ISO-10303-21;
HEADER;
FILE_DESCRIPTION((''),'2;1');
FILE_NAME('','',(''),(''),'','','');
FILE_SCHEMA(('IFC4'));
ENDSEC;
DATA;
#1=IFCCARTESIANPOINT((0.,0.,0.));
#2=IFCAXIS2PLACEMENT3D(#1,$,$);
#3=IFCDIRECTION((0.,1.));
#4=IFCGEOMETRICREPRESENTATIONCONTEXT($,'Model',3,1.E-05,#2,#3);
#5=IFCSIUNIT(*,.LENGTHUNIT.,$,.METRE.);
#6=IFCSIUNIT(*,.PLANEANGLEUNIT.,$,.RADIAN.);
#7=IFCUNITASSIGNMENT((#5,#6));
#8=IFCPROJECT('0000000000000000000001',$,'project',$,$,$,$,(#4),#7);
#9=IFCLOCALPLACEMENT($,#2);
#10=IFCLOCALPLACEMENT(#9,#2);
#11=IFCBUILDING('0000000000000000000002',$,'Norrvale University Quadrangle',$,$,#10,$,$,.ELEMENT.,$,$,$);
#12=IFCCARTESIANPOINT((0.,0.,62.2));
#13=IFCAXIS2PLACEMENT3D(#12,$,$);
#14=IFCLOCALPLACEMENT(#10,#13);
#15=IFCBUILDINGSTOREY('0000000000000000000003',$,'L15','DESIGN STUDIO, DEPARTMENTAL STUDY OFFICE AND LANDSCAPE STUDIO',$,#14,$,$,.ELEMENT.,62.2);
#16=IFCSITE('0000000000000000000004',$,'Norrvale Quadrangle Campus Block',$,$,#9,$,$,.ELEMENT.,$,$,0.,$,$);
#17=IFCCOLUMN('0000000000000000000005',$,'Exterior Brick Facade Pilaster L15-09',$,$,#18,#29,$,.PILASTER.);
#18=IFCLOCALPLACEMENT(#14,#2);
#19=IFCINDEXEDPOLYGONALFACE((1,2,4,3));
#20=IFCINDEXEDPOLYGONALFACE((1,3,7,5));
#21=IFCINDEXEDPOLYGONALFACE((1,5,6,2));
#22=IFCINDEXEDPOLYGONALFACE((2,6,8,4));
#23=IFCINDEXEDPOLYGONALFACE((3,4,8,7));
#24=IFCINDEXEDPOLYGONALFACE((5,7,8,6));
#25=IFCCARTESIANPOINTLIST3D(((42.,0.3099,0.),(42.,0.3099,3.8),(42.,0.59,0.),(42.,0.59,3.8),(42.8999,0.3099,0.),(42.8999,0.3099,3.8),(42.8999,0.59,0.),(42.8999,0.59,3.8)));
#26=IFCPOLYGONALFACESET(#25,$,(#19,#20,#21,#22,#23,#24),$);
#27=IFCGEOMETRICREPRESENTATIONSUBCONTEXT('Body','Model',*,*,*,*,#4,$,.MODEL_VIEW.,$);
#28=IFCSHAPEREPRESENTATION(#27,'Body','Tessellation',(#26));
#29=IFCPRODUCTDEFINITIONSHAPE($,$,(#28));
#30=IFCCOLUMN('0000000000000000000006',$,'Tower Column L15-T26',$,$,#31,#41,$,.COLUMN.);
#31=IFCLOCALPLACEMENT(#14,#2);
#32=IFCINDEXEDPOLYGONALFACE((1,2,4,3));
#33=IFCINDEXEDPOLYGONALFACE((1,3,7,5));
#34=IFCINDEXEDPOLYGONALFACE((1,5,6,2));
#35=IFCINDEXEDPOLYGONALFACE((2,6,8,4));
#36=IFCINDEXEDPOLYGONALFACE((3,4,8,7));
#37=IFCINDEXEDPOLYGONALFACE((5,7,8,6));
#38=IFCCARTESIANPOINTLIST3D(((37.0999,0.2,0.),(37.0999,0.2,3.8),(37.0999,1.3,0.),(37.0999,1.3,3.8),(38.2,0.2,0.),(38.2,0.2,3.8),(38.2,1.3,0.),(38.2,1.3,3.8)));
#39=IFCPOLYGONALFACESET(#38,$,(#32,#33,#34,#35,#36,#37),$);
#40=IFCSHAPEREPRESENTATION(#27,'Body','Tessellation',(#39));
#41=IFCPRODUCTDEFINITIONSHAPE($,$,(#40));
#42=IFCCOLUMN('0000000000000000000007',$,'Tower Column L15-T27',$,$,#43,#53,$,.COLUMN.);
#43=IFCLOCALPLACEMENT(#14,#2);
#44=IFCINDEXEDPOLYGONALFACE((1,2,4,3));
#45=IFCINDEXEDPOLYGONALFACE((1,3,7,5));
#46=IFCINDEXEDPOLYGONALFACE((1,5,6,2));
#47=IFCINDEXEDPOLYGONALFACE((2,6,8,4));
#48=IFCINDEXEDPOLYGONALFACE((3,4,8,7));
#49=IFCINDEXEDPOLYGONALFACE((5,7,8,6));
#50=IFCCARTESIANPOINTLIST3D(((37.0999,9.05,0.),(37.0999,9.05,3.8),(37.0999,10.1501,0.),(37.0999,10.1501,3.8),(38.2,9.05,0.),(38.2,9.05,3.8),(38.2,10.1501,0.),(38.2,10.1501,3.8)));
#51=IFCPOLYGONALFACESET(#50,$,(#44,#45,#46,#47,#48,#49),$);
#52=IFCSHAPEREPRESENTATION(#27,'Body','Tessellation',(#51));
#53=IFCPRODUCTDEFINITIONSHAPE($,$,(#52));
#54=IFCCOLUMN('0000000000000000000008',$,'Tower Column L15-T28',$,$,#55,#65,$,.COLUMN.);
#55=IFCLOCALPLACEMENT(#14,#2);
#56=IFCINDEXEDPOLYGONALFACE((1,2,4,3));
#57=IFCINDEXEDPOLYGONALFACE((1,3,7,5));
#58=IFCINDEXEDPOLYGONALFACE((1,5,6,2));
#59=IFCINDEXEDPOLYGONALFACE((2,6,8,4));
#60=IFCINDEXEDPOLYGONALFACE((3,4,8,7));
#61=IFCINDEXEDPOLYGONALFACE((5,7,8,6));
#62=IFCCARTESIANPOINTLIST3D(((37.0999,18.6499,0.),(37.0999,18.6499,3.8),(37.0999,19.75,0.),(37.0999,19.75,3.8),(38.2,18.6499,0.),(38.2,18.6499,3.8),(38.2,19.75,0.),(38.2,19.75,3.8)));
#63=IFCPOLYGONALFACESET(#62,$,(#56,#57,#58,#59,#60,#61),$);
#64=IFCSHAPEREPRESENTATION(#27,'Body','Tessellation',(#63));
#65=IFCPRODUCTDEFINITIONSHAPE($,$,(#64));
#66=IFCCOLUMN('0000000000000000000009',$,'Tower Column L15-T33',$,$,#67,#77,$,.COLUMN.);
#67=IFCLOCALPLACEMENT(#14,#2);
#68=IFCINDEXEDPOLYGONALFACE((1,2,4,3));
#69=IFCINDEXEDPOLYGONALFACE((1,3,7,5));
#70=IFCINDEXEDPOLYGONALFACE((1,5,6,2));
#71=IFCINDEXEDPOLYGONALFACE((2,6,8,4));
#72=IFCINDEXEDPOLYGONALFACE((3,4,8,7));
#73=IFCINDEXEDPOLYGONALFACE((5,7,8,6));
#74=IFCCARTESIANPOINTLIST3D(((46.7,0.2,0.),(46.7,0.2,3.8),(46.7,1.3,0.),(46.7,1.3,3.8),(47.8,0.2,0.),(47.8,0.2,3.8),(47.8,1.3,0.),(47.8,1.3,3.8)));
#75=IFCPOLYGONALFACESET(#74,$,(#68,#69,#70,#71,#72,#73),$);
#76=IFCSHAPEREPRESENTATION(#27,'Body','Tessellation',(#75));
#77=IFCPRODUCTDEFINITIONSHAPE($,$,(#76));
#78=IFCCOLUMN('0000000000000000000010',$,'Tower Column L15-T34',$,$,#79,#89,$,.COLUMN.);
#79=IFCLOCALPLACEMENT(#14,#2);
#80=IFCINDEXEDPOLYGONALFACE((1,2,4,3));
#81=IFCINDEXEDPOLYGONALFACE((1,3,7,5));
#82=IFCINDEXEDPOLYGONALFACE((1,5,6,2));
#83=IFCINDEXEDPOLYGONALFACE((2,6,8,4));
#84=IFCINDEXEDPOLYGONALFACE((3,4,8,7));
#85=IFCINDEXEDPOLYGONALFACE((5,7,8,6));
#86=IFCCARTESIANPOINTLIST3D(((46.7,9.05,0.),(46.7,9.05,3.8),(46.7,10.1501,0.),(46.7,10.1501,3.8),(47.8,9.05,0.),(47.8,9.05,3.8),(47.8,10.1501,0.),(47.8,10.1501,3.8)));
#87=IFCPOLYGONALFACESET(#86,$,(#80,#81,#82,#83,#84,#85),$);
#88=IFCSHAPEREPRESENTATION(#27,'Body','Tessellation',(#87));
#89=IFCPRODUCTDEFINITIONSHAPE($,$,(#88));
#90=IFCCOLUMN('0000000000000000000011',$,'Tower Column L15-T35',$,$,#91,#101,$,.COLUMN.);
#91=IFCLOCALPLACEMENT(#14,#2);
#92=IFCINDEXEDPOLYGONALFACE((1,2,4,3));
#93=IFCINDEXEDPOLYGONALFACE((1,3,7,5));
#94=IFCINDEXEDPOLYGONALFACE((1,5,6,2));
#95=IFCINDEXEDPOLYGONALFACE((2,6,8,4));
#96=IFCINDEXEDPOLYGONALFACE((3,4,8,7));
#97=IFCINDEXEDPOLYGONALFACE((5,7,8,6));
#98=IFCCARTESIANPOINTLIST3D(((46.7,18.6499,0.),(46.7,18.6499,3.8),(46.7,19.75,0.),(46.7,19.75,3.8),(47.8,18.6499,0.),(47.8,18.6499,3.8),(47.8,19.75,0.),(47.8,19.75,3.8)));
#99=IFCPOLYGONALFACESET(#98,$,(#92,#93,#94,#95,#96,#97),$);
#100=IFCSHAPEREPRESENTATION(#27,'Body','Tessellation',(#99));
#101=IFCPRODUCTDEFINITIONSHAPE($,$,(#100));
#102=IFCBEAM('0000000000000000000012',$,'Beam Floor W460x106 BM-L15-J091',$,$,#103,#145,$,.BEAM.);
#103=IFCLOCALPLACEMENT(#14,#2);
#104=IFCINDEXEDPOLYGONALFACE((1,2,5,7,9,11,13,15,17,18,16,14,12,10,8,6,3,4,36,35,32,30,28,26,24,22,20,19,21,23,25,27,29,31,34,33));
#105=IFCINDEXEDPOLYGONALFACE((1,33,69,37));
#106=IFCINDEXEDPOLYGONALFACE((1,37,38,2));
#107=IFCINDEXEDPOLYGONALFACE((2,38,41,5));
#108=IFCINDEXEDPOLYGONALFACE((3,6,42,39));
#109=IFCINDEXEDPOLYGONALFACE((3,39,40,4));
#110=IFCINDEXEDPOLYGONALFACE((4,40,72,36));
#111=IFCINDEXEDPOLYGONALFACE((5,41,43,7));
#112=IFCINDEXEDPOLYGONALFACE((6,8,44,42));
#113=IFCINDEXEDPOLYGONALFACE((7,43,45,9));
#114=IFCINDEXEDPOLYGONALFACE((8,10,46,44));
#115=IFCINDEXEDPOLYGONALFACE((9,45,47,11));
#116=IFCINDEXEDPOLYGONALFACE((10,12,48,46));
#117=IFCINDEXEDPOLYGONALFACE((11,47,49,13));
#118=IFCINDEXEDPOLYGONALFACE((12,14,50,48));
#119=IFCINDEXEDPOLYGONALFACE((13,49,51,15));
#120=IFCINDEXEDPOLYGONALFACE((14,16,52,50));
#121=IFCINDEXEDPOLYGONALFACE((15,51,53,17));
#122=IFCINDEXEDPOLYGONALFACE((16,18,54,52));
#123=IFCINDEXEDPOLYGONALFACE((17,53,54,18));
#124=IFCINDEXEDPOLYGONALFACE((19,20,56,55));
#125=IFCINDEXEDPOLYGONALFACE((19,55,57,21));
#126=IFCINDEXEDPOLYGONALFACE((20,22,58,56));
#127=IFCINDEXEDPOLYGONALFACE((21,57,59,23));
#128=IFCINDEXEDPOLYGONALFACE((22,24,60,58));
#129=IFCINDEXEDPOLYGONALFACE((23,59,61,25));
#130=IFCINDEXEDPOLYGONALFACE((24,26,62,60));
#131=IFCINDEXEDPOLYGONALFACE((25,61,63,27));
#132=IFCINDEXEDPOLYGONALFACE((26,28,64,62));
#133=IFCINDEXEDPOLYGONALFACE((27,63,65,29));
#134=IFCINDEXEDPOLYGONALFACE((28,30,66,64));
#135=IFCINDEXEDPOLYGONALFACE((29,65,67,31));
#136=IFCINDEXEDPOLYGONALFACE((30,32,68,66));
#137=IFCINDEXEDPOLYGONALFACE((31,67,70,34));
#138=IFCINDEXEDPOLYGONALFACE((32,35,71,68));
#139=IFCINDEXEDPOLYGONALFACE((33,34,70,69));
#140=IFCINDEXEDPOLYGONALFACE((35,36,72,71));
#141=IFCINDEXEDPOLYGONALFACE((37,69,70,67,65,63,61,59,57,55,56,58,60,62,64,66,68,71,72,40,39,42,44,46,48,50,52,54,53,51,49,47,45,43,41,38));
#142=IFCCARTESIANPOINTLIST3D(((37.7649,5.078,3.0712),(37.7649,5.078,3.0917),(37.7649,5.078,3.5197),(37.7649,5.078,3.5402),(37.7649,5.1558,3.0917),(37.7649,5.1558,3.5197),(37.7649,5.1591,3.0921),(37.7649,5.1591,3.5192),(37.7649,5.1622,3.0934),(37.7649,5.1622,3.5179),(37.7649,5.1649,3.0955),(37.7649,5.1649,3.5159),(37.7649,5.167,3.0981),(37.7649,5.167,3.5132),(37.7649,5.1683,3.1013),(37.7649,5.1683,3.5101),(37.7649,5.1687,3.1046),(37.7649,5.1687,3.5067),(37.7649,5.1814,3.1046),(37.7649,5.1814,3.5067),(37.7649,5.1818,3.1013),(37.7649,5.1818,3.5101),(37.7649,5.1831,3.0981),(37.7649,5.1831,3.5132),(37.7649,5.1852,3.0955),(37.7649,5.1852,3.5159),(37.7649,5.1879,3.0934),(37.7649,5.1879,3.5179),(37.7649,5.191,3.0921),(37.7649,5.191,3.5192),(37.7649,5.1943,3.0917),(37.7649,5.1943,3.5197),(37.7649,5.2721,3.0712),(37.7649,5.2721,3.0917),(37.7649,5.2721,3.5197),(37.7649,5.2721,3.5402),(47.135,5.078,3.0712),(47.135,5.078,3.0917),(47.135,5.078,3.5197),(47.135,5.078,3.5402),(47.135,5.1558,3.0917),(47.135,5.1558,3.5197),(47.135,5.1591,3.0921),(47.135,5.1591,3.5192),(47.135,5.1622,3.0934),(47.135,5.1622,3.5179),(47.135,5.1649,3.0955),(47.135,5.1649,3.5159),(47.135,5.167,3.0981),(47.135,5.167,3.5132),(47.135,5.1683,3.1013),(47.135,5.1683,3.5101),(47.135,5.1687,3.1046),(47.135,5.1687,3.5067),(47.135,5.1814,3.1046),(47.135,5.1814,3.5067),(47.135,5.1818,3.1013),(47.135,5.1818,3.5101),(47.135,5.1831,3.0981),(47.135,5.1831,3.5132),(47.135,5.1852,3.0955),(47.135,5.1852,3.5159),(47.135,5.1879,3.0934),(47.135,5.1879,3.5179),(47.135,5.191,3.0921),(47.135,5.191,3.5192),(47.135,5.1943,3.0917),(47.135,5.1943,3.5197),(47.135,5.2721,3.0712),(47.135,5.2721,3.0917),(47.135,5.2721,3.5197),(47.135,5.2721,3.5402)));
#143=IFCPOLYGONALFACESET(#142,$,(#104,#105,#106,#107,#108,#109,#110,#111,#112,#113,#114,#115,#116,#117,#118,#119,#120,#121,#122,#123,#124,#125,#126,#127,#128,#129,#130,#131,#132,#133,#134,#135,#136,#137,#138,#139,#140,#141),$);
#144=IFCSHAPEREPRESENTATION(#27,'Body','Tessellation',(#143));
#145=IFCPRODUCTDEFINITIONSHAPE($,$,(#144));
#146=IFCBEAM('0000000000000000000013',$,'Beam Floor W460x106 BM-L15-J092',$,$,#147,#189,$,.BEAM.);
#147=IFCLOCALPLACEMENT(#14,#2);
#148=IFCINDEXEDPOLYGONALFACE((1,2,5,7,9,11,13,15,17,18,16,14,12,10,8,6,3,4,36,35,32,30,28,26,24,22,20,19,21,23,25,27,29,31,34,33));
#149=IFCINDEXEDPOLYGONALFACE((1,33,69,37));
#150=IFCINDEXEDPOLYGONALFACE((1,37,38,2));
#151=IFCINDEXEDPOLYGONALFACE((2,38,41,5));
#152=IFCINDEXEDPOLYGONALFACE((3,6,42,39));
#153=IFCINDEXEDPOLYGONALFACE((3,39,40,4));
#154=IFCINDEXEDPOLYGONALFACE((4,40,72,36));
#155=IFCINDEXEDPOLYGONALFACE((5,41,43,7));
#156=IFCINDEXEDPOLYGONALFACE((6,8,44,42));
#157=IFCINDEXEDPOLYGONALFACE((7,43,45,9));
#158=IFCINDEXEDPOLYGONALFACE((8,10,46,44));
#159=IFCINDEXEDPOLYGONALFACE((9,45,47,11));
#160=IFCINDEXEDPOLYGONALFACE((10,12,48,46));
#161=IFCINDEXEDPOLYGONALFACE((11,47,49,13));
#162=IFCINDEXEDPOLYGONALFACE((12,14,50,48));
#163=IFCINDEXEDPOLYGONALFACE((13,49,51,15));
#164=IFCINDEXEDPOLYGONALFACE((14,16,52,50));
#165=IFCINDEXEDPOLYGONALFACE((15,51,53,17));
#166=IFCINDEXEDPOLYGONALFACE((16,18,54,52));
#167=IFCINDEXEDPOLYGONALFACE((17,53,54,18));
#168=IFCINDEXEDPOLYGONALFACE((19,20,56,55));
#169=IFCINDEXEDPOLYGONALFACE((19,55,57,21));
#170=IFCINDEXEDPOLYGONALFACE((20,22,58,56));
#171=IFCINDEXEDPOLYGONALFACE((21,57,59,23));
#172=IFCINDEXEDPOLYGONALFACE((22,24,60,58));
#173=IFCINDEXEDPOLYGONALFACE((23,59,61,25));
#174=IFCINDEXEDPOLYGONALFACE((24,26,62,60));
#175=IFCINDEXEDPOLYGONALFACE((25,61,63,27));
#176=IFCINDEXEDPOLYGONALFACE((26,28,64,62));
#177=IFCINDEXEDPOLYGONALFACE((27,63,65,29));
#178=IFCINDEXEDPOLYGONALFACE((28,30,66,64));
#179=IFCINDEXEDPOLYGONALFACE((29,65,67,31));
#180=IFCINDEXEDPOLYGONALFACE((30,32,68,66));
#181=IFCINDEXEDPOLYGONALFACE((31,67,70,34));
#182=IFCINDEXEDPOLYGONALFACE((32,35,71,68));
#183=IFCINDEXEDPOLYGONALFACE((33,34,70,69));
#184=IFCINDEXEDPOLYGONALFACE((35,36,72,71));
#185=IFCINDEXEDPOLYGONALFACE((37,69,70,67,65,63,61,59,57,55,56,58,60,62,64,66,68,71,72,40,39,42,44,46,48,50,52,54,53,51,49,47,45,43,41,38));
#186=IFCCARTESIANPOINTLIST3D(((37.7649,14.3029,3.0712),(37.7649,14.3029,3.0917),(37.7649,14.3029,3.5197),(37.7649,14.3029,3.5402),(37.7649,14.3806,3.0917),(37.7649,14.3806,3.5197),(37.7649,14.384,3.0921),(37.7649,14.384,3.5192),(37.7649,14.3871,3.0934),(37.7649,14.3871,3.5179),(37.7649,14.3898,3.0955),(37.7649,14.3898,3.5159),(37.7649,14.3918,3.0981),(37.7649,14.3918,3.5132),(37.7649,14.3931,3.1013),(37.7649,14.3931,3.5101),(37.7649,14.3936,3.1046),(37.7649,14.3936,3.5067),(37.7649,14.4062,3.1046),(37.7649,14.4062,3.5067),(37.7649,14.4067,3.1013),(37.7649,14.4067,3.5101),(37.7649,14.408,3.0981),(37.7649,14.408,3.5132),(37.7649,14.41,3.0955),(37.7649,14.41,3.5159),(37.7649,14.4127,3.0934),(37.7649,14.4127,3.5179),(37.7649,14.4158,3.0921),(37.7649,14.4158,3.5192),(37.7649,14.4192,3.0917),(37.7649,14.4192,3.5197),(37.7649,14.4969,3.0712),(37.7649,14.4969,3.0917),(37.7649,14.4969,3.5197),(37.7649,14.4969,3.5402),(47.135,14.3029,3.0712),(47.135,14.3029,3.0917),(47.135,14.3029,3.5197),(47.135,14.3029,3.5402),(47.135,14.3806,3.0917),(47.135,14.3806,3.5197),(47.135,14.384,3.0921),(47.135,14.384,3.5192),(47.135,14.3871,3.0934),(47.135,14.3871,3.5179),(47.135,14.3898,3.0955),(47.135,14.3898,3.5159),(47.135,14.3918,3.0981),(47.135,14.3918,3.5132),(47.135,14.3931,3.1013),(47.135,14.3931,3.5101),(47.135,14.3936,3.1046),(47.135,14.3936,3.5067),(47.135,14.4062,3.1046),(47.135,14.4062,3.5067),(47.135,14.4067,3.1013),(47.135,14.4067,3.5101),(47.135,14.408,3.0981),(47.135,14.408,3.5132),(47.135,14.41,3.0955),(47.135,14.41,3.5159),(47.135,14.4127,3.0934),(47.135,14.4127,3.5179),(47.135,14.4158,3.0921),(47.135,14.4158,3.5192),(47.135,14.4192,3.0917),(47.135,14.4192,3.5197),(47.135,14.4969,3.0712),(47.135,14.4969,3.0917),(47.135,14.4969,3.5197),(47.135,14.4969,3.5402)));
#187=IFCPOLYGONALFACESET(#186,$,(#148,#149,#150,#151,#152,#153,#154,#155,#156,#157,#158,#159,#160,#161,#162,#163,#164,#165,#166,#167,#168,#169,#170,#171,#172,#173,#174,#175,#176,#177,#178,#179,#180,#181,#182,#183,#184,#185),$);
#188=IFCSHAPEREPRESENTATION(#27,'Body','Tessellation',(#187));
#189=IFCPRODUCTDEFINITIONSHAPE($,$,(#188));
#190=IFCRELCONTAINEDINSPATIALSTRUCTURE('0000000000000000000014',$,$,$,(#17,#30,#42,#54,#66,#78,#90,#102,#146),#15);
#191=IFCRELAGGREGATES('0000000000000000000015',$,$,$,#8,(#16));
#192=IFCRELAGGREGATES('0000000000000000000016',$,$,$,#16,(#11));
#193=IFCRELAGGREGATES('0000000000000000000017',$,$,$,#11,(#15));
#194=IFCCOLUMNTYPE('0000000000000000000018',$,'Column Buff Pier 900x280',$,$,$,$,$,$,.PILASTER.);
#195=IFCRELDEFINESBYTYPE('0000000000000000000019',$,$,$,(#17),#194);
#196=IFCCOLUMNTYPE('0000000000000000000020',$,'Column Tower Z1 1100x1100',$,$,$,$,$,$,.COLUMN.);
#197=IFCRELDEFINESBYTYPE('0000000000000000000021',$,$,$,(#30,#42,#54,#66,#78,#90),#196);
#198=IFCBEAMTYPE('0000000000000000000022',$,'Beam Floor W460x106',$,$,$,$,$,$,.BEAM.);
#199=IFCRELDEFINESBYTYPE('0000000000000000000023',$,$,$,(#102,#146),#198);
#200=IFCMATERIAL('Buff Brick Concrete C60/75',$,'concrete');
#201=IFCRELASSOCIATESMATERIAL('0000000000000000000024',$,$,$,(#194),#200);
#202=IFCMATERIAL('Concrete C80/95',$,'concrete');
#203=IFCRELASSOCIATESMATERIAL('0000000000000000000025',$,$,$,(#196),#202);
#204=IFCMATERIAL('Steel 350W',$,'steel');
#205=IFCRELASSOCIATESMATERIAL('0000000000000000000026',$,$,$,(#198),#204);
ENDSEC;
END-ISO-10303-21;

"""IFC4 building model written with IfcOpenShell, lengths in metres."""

from ifc_helpers import new_model, si_unit, direction, frame, origin, origin_2d, place, context, subcontext, project, spatial, rectangle, i_section, extrude, material, material_profile, profile_set, type_object, element, save


model = new_model("IFC4")

# Units and contexts
model_context = context("Model", 3, precision=1e-05, world=origin(), true_north=direction((0.0, 1.0)))
body_context = subcontext(model_context, "Body", "Model", "MODEL_VIEW")
ifc_project = project(units=[si_unit("LENGTHUNIT", "METRE"), si_unit("PLANEANGLEUNIT", "RADIAN")], contexts=[model_context])

# Site, building, storey
site_placement = place(None, origin())
site = spatial("IfcSite", under=ifc_project, at=site_placement, Name="Norrvale Quadrangle Campus Block", CompositionType="ELEMENT", RefElevation=0.0)
building_placement = place(site_placement, origin())
building = spatial("IfcBuilding", under=site, at=building_placement, Name="Norrvale University Quadrangle", CompositionType="ELEMENT")
storey_placement = place(building_placement, frame((0.0, 0.0, 62.2)))
storey = spatial("IfcBuildingStorey", under=building, at=storey_placement, Name="L15", Description="DESIGN STUDIO, DEPARTMENTAL STUDY OFFICE AND LANDSCAPE STUDIO", CompositionType="ELEMENT", Elevation=62.2)

# Columns
ifc_material_1 = material(Name="Buff Brick Concrete C60/75", Category="concrete")
ifc_material_profile_1 = material_profile(ifc_material_1, rectangle(XDim=0.8999, YDim=0.28, at=origin_2d()), Name="Buff Brick Concrete C60/75")
ifc_profile_set_1 = profile_set([ifc_material_profile_1], Name="Buff Brick Concrete C60/75")
column_type_1 = type_object("IfcColumnType", Name="Column Buff Pier 900x280", PredefinedType="PILASTER", material=ifc_profile_set_1)
column_placement = place(storey_placement, frame((42.45, 0.45, 0.0), z_axis=(0.0, 0.0, 1.0), x_axis=(1.0, 0.0, 0.0)))
element("IfcColumn", 1, at=column_placement, inside=storey, type_object=column_type_1, Name="Exterior Brick Facade Pilaster L15-09", PredefinedType="PILASTER", context=body_context, shape_type="SweptSolid", body=[
    extrude(rectangle(XDim=0.8999, YDim=0.28, at=origin_2d()), origin(), (0.0, 0.0, 1.0), 3.8),
])
ifc_material_2 = material(Name="Concrete C80/95", Category="concrete")
ifc_material_profile_2 = material_profile(ifc_material_2, rectangle(XDim=1.1001, YDim=1.1001, at=origin_2d()), Name="Concrete C80/95")
ifc_profile_set_2 = profile_set([ifc_material_profile_2], Name="Concrete C80/95")
column_type_2 = type_object("IfcColumnType", Name="Column Tower Z1 1100x1100", PredefinedType="COLUMN", material=ifc_profile_set_2)
for number, where, z_axis, x_axis, name in (
    (2, (37.6499, 0.75, 0.0), (0.0, 0.0, 1.0), (1.0, 0.0, 0.0), "Tower Column L15-T26"),
    (3, (37.6499, 9.6001, 0.0), (0.0, 0.0, 1.0), (1.0, 0.0, 0.0), "Tower Column L15-T27"),
    (4, (37.6499, 19.2, 0.0), (0.0, 0.0, 1.0), (1.0, 0.0, 0.0), "Tower Column L15-T28"),
    (5, (47.25, 0.75, 0.0), (0.0, 0.0, 1.0), (1.0, 0.0, 0.0), "Tower Column L15-T33"),
    (6, (47.25, 9.6001, 0.0), (0.0, 0.0, 1.0), (1.0, 0.0, 0.0), "Tower Column L15-T34"),
    (7, (47.25, 19.2, 0.0), (0.0, 0.0, 1.0), (1.0, 0.0, 0.0), "Tower Column L15-T35"),
):
    element("IfcColumn", number, at=place(storey_placement, frame(where, z_axis=z_axis, x_axis=x_axis)), inside=storey, type_object=column_type_2, Name=name, PredefinedType="COLUMN", context=body_context, shape_type="SweptSolid", body=[
        extrude(rectangle(XDim=1.1001, YDim=1.1001, at=origin_2d()), origin(), (0.0, 0.0, 1.0), 3.8),
    ])

# Beams
ifc_material_3 = material(Name="Steel 350W", Category="steel")
ifc_material_profile_3 = material_profile(ifc_material_3, i_section(OverallWidth=0.1941, OverallDepth=0.469, WebThickness=0.0127, FlangeThickness=0.0205, FilletRadius=0.0129, at=origin_2d()), Name="Steel 350W")
ifc_profile_set_3 = profile_set([ifc_material_profile_3], Name="Steel 350W")
beam_type_1 = type_object("IfcBeamType", Name="Beam Floor W460x106", PredefinedType="BEAM", material=ifc_profile_set_3)
for number, where, z_axis, x_axis, name in (
    (8, (37.7649, 5.175, 3.3057), (1.0, 0.0, 0.0), (0.0, 1.0, 0.0), "Beam Floor W460x106 BM-L15-J091"),
    (9, (37.7649, 14.3999, 3.3057), (1.0, 0.0, 0.0), (0.0, 1.0, 0.0), "Beam Floor W460x106 BM-L15-J092"),
):
    element("IfcBeam", number, at=place(storey_placement, frame(where, z_axis=z_axis, x_axis=x_axis)), inside=storey, type_object=beam_type_1, Name=name, PredefinedType="BEAM", context=body_context, shape_type="SweptSolid", body=[
        extrude(i_section(OverallWidth=0.1941, OverallDepth=0.469, WebThickness=0.0127, FlangeThickness=0.0205, FilletRadius=0.0129, at=origin_2d()), origin(), (0.0, 0.0, 1.0), 9.3701),
    ])

save(model, "model.ifc")
